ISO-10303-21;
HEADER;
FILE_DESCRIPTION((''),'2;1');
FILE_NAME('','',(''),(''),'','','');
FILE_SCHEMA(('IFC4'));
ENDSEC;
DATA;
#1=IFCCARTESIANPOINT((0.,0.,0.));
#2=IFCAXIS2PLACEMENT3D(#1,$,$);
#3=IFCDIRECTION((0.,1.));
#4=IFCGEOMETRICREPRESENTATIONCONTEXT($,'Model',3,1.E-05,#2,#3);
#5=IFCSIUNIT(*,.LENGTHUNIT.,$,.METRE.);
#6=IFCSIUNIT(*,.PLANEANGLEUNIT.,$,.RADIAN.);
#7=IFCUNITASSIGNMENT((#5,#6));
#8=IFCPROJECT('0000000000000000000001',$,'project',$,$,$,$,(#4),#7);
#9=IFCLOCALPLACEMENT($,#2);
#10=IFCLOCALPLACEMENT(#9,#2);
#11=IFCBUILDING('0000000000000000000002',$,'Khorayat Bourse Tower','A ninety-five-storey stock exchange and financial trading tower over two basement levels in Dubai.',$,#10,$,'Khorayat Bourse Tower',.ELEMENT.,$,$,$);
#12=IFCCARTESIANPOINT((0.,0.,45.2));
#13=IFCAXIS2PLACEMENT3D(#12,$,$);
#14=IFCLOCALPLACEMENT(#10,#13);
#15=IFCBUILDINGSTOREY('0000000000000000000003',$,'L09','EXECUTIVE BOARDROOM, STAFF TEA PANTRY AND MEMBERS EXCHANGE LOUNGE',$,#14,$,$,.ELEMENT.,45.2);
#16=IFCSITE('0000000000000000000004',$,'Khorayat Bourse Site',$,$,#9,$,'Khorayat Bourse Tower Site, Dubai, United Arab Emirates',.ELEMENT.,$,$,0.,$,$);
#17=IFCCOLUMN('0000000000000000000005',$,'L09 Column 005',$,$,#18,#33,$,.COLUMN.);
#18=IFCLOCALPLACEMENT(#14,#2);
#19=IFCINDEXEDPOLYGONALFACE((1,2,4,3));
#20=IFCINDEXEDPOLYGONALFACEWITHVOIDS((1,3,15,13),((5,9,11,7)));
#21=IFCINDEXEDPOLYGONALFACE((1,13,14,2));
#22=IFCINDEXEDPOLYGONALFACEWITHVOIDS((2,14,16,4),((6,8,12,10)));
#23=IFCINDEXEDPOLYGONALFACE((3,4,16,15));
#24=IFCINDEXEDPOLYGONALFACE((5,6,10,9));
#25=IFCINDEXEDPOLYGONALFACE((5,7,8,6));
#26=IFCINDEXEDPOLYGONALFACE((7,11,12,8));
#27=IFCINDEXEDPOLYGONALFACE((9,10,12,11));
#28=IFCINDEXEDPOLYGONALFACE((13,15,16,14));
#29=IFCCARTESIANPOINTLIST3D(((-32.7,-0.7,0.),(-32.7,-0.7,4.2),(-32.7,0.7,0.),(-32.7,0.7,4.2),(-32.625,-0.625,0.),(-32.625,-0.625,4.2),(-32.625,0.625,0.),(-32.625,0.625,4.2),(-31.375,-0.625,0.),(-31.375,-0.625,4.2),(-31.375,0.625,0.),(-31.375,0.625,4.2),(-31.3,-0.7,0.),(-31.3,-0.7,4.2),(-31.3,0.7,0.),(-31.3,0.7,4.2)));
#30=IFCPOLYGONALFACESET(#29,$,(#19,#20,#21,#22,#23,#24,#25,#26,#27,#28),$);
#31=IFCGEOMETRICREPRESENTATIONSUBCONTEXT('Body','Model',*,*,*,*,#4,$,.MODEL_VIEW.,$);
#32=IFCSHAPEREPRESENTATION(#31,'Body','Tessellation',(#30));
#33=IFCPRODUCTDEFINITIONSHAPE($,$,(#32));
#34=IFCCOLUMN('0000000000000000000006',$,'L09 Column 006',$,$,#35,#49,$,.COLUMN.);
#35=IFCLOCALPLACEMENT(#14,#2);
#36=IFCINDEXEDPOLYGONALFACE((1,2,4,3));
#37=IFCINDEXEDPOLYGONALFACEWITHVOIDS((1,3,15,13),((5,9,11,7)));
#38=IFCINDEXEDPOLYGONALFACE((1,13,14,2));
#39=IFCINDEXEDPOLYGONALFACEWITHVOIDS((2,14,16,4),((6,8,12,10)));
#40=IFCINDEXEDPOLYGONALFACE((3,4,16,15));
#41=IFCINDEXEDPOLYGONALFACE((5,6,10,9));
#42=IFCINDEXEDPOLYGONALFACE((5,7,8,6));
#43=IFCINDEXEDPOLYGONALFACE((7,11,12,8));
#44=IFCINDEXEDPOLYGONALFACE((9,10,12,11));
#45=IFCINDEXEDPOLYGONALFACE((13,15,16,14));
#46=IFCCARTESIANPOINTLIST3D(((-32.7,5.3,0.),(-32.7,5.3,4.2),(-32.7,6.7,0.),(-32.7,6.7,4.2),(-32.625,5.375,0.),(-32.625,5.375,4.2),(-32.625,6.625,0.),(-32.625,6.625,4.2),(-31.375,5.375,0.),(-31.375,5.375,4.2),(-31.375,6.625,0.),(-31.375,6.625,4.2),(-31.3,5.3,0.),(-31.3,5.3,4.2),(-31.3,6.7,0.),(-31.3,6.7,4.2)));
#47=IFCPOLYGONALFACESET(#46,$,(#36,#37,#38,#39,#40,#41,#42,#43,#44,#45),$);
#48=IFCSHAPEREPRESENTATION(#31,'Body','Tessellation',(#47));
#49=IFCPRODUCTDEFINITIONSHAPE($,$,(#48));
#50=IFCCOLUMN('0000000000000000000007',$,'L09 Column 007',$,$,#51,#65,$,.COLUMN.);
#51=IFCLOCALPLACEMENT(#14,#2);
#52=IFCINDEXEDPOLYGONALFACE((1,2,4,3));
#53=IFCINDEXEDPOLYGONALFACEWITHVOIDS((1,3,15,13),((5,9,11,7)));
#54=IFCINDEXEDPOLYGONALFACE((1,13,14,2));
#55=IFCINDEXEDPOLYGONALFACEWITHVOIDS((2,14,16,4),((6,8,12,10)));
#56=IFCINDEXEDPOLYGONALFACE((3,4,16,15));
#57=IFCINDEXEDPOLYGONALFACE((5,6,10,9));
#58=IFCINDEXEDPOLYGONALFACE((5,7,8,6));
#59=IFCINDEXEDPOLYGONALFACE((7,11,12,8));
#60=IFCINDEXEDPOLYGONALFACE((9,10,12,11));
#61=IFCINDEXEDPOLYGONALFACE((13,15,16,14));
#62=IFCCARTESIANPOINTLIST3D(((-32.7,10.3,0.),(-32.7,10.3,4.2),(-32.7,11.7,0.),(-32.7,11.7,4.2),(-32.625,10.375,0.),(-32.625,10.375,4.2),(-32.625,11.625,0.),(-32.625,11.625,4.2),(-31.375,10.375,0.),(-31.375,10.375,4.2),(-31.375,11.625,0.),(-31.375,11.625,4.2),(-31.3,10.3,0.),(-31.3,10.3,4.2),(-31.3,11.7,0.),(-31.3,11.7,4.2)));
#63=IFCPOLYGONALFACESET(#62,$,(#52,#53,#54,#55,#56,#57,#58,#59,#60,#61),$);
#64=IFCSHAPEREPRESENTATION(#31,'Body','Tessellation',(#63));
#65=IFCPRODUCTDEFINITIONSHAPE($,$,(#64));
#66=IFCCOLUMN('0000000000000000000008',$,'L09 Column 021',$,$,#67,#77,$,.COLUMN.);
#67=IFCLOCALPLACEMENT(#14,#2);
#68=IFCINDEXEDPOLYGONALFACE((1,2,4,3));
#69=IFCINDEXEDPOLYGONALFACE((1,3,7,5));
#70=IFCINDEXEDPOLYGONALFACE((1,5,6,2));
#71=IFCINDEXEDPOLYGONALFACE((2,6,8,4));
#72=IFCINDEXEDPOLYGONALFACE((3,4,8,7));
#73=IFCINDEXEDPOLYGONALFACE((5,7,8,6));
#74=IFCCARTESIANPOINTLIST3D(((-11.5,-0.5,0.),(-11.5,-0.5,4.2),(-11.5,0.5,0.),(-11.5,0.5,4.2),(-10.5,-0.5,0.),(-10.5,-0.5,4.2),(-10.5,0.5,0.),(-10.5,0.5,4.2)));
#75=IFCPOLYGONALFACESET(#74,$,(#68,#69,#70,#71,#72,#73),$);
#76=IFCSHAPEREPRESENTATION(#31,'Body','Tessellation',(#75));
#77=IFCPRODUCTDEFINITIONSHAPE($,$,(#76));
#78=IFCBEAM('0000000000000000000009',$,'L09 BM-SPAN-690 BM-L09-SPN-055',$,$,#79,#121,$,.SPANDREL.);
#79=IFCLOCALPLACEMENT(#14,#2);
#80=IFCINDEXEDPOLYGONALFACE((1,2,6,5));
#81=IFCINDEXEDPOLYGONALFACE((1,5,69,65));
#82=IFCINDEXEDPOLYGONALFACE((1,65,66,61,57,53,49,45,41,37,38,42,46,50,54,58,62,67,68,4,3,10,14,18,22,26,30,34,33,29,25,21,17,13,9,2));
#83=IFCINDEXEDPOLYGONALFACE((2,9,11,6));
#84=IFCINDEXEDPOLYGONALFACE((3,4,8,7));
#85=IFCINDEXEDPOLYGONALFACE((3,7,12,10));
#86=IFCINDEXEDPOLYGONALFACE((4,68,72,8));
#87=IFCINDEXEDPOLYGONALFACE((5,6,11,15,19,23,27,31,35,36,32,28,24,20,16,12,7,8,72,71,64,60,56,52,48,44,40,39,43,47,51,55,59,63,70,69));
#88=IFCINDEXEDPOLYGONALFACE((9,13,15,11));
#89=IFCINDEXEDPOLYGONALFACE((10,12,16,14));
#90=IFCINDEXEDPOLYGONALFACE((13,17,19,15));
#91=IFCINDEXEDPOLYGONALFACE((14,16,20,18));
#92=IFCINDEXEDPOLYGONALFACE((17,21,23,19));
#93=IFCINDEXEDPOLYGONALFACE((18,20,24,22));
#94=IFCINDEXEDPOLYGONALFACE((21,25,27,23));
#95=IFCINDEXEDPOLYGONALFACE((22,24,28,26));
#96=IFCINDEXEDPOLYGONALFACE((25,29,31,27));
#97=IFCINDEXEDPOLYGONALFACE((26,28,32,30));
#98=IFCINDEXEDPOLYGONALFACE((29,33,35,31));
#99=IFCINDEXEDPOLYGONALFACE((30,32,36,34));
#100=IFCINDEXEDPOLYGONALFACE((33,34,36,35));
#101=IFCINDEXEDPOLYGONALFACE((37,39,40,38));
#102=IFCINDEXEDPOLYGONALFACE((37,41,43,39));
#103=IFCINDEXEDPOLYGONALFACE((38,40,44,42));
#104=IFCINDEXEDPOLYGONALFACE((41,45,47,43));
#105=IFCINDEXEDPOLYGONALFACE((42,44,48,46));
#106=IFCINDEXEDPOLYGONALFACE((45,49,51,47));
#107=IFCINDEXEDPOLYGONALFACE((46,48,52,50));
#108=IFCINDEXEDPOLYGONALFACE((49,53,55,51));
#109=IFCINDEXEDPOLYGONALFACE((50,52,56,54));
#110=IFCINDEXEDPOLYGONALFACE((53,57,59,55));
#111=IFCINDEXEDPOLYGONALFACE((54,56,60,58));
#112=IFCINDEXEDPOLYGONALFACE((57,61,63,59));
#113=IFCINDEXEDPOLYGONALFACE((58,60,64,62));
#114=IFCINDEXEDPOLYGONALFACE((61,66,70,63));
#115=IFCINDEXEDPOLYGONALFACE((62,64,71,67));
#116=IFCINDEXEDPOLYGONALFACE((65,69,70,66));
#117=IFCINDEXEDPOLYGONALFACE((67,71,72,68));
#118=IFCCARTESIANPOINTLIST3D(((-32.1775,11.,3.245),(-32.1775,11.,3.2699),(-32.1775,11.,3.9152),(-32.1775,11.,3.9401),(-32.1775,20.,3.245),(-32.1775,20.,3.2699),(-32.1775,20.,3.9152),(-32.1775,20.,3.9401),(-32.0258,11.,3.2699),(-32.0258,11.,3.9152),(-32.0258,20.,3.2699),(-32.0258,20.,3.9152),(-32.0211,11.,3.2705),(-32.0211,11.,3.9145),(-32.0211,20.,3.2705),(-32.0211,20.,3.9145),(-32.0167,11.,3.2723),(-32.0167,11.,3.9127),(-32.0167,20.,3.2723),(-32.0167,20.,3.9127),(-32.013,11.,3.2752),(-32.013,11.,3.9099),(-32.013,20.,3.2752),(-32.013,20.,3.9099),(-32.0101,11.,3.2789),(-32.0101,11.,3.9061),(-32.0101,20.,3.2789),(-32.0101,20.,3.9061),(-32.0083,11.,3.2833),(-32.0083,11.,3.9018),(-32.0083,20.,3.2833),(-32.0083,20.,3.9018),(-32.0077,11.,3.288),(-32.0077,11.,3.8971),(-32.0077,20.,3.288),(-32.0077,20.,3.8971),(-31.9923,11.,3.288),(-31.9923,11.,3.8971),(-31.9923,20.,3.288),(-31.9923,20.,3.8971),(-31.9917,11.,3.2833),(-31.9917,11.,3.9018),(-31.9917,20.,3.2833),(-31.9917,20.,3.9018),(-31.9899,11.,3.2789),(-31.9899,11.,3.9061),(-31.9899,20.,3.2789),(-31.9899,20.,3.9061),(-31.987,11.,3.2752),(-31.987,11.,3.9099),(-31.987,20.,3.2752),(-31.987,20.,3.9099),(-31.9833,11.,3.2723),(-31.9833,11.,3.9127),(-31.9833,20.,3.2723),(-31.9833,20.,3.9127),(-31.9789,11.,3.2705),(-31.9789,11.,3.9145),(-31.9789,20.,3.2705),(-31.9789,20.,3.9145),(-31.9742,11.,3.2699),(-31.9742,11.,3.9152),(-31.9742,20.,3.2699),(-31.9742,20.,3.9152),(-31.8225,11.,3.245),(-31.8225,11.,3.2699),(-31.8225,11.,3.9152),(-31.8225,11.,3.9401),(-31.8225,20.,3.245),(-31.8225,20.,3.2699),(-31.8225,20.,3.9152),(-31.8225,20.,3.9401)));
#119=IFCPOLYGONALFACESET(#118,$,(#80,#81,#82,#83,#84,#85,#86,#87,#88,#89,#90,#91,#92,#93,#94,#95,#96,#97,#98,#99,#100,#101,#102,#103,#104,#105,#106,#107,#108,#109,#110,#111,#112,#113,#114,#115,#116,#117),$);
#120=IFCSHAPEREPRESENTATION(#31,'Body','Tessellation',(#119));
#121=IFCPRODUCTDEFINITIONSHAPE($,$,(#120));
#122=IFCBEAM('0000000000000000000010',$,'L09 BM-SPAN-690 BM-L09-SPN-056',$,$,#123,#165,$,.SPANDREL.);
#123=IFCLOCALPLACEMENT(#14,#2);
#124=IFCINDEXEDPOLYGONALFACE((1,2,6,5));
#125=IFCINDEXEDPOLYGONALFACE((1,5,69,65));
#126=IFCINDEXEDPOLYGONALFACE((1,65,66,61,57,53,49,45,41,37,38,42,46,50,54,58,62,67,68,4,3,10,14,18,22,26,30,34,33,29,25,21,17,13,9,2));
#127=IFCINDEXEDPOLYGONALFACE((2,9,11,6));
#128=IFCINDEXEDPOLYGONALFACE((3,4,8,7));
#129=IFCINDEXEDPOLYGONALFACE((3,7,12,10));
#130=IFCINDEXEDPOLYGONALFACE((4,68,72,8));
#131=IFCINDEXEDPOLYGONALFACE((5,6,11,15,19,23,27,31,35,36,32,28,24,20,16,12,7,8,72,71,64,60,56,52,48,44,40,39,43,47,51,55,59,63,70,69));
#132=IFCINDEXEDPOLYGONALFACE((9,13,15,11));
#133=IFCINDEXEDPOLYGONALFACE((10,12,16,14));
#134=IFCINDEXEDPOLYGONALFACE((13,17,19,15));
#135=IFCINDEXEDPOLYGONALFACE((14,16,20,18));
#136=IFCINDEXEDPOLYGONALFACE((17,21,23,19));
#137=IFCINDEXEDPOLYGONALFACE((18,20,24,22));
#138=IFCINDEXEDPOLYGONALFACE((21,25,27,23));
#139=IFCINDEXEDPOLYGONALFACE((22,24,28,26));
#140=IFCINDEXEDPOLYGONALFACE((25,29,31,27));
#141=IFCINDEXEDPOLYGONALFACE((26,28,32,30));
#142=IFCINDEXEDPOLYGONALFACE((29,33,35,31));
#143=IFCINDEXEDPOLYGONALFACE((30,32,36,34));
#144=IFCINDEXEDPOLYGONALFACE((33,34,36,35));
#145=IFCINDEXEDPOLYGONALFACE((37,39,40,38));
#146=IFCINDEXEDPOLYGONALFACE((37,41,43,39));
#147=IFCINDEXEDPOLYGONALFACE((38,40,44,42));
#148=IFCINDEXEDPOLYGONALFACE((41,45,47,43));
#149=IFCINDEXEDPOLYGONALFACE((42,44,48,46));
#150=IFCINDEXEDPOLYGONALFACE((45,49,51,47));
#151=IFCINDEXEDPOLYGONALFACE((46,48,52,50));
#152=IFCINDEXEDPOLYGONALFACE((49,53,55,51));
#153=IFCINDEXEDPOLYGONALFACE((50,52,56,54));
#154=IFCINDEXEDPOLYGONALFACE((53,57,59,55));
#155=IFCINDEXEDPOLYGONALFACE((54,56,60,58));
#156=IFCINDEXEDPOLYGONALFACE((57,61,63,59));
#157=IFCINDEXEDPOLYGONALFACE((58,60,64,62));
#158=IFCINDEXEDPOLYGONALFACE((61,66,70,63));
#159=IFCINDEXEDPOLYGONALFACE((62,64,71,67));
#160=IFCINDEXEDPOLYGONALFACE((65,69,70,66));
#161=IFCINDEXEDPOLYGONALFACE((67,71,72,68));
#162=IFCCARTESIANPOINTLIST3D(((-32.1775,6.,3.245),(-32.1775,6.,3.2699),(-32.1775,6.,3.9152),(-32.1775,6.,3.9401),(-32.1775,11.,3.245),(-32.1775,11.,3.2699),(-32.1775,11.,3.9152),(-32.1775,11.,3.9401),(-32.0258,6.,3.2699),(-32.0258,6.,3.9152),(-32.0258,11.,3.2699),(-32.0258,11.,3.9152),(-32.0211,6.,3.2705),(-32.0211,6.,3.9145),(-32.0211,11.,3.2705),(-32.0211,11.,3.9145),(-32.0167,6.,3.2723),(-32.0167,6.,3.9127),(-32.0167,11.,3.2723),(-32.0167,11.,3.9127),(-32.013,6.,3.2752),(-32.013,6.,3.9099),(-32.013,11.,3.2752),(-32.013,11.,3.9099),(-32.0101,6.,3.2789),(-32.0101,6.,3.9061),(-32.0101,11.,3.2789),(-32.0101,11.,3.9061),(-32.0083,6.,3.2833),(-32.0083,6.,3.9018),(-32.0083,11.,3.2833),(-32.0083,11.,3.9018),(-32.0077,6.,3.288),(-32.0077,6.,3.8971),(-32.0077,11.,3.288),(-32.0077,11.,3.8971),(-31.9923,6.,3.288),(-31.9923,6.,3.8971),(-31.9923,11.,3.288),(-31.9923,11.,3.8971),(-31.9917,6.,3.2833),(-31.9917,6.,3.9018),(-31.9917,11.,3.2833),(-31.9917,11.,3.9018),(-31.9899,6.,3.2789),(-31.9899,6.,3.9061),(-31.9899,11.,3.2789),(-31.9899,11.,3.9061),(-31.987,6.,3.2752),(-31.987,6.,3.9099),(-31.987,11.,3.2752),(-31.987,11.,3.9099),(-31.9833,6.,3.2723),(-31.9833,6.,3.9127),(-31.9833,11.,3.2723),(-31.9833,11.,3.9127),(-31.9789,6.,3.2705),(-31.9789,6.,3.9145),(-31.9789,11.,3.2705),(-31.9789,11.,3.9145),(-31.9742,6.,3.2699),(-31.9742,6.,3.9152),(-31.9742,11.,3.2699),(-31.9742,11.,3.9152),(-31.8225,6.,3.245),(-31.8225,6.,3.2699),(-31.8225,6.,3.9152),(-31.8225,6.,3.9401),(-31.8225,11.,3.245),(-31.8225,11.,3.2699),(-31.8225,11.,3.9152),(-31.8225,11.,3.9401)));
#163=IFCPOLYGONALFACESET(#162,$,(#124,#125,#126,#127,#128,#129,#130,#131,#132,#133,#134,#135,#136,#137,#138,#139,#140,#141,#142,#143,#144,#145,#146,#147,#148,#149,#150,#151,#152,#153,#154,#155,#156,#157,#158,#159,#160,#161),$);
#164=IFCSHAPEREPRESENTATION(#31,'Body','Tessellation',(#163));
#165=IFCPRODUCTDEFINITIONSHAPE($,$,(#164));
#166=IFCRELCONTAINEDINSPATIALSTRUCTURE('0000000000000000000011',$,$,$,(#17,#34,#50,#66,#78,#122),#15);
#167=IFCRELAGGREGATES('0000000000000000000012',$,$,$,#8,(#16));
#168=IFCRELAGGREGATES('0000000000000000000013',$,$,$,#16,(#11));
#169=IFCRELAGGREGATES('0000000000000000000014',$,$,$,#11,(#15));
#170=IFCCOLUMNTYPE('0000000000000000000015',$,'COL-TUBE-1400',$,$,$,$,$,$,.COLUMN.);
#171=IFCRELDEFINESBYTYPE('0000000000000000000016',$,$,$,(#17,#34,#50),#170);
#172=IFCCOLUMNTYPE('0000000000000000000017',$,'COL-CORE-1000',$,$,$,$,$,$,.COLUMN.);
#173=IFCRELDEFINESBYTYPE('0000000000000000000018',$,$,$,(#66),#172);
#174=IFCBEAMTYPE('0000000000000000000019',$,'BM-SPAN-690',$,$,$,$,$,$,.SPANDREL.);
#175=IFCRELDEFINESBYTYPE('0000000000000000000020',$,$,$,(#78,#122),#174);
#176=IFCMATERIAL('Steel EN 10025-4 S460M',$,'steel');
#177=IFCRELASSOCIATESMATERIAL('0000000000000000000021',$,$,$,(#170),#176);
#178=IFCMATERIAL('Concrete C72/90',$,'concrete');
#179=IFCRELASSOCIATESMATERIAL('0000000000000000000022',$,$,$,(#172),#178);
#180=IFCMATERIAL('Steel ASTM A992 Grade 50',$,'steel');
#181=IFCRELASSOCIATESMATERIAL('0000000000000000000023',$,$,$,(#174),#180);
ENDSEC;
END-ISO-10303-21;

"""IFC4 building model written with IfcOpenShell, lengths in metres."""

from ifc_helpers import new_model, si_unit, direction, frame, origin, origin_2d, place, context, subcontext, project, spatial, rectangle, hollow_rectangle, i_section, extrude, source, transform, mapped, material, material_profile, profile_set, type_object, element, save


model = new_model("IFC4")

# Units and contexts
model_context = context("Model", 3, precision=1e-05, world=origin(), true_north=direction((0.0, 1.0)))
body_context = subcontext(model_context, "Body", "Model", "MODEL_VIEW")
ifc_project = project(units=[si_unit("LENGTHUNIT", "METRE"), si_unit("PLANEANGLEUNIT", "RADIAN")], contexts=[model_context])

# Site, building, storey
site_placement = place(None, origin())
site = spatial("IfcSite", under=ifc_project, at=site_placement, Name="Khorayat Bourse Site", LongName="Khorayat Bourse Tower Site, Dubai, United Arab Emirates", CompositionType="ELEMENT", RefElevation=0.0)
building_placement = place(site_placement, origin())
building = spatial("IfcBuilding", under=site, at=building_placement, Name="Khorayat Bourse Tower", Description="A ninety-five-storey stock exchange and financial trading tower over two basement levels in Dubai.", LongName="Khorayat Bourse Tower", CompositionType="ELEMENT")
storey_placement = place(building_placement, frame((0.0, 0.0, 45.2)))
storey = spatial("IfcBuildingStorey", under=building, at=storey_placement, Name="L09", Description="EXECUTIVE BOARDROOM, STAFF TEA PANTRY AND MEMBERS EXCHANGE LOUNGE", CompositionType="ELEMENT", Elevation=45.2)

# Columns
ifc_material_1 = material(Name="Steel EN 10025-4 S460M", Category="steel")
ifc_material_profile_1 = material_profile(ifc_material_1, hollow_rectangle(XDim=1.3999, YDim=1.3999, WallThickness=0.075, at=origin_2d()), Name="BOX 1400x1400x75")
ifc_profile_set_1 = profile_set([ifc_material_profile_1], Name="Steel EN 10025-4 S460M")
column_type_1 = type_object("IfcColumnType", Name="COL-TUBE-1400", PredefinedType="COLUMN", material=ifc_profile_set_1)
shared_shape_1 = source(origin(), body_context, "Body", "SweptSolid", [
    extrude(hollow_rectangle(XDim=1.3999, YDim=1.3999, WallThickness=0.075, at=origin_2d()), origin(), (0.0, 0.0, 1.0), 4.2),
])
for number, where, z_axis, x_axis, name in (
    (1, (-32.0, 0.0, 0.0), (0.0, 0.0, 1.0), (1.0, 0.0, 0.0), "L09 Column 005"),
    (2, (-32.0, 6.0, 0.0), (0.0, 0.0, 1.0), (1.0, 0.0, 0.0), "L09 Column 006"),
    (3, (-32.0, 11.0, 0.0), (0.0, 0.0, 1.0), (1.0, 0.0, 0.0), "L09 Column 007"),
):
    element("IfcColumn", number, at=place(storey_placement, frame(where, z_axis=z_axis, x_axis=x_axis)), inside=storey, type_object=column_type_1, Name=name, PredefinedType="COLUMN", context=body_context, shape_type="MappedRepresentation", body=[
        mapped(shared_shape_1, transform((0.0, 0.0, 0.0), scale=1.0)),
    ])
ifc_material_2 = material(Name="Concrete C72/90", Category="concrete")
ifc_material_profile_2 = material_profile(ifc_material_2, rectangle(XDim=1.0, YDim=1.0, at=origin_2d()), Name="RC 1000x1000")
ifc_profile_set_2 = profile_set([ifc_material_profile_2], Name="Concrete C72/90")
column_type_2 = type_object("IfcColumnType", Name="COL-CORE-1000", PredefinedType="COLUMN", material=ifc_profile_set_2)
shared_shape_2 = source(origin(), body_context, "Body", "SweptSolid", [
    extrude(rectangle(XDim=1.0, YDim=1.0, at=origin_2d()), origin(), (0.0, 0.0, 1.0), 4.2),
])
column_placement = place(storey_placement, frame((-11.0, 0.0, 0.0), z_axis=(0.0, 0.0, 1.0), x_axis=(1.0, 0.0, 0.0)))
element("IfcColumn", 4, at=column_placement, inside=storey, type_object=column_type_2, Name="L09 Column 021", PredefinedType="COLUMN", context=body_context, shape_type="MappedRepresentation", body=[
    mapped(shared_shape_2, transform((0.0, 0.0, 0.0), scale=1.0)),
])

# Beams
ifc_material_3 = material(Name="Steel ASTM A992 Grade 50", Category="steel")
ifc_material_profile_3 = material_profile(ifc_material_3, i_section(OverallWidth=0.355, OverallDepth=0.6951, WebThickness=0.0154, FlangeThickness=0.0249, FilletRadius=0.0181, at=origin_2d()), Name="W690X217")
ifc_profile_set_3 = profile_set([ifc_material_profile_3], Name="Steel ASTM A992 Grade 50")
beam_type_1 = type_object("IfcBeamType", Name="BM-SPAN-690", PredefinedType="SPANDREL", material=ifc_profile_set_3)
shared_shape_3 = source(origin(), body_context, "Body", "SweptSolid", [
    extrude(i_section(OverallWidth=0.355, OverallDepth=0.6951, WebThickness=0.0154, FlangeThickness=0.0249, FilletRadius=0.0181, at=origin_2d()), origin(), (0.0, 0.0, 1.0), 9.0),
])
beam_1_placement = place(storey_placement, frame((-32.0, 11.0, 3.5925), z_axis=(0.0, 1.0, 0.0), x_axis=(-1.0, 0.0, 0.0)))
element("IfcBeam", 5, at=beam_1_placement, inside=storey, type_object=beam_type_1, Name="L09 BM-SPAN-690 BM-L09-SPN-055", PredefinedType="SPANDREL", context=body_context, shape_type="MappedRepresentation", body=[
    mapped(shared_shape_3, transform((0.0, 0.0, 0.0), scale=1.0)),
])
shared_shape_4 = source(origin(), body_context, "Body", "SweptSolid", [
    extrude(i_section(OverallWidth=0.355, OverallDepth=0.6951, WebThickness=0.0154, FlangeThickness=0.0249, FilletRadius=0.0181, at=origin_2d()), origin(), (0.0, 0.0, 1.0), 5.0),
])
beam_2_placement = place(storey_placement, frame((-32.0, 6.0, 3.5925), z_axis=(0.0, 1.0, 0.0), x_axis=(-1.0, 0.0, 0.0)))
element("IfcBeam", 6, at=beam_2_placement, inside=storey, type_object=beam_type_1, Name="L09 BM-SPAN-690 BM-L09-SPN-056", PredefinedType="SPANDREL", context=body_context, shape_type="MappedRepresentation", body=[
    mapped(shared_shape_4, transform((0.0, 0.0, 0.0), scale=1.0)),
])

save(model, "model.ifc")
